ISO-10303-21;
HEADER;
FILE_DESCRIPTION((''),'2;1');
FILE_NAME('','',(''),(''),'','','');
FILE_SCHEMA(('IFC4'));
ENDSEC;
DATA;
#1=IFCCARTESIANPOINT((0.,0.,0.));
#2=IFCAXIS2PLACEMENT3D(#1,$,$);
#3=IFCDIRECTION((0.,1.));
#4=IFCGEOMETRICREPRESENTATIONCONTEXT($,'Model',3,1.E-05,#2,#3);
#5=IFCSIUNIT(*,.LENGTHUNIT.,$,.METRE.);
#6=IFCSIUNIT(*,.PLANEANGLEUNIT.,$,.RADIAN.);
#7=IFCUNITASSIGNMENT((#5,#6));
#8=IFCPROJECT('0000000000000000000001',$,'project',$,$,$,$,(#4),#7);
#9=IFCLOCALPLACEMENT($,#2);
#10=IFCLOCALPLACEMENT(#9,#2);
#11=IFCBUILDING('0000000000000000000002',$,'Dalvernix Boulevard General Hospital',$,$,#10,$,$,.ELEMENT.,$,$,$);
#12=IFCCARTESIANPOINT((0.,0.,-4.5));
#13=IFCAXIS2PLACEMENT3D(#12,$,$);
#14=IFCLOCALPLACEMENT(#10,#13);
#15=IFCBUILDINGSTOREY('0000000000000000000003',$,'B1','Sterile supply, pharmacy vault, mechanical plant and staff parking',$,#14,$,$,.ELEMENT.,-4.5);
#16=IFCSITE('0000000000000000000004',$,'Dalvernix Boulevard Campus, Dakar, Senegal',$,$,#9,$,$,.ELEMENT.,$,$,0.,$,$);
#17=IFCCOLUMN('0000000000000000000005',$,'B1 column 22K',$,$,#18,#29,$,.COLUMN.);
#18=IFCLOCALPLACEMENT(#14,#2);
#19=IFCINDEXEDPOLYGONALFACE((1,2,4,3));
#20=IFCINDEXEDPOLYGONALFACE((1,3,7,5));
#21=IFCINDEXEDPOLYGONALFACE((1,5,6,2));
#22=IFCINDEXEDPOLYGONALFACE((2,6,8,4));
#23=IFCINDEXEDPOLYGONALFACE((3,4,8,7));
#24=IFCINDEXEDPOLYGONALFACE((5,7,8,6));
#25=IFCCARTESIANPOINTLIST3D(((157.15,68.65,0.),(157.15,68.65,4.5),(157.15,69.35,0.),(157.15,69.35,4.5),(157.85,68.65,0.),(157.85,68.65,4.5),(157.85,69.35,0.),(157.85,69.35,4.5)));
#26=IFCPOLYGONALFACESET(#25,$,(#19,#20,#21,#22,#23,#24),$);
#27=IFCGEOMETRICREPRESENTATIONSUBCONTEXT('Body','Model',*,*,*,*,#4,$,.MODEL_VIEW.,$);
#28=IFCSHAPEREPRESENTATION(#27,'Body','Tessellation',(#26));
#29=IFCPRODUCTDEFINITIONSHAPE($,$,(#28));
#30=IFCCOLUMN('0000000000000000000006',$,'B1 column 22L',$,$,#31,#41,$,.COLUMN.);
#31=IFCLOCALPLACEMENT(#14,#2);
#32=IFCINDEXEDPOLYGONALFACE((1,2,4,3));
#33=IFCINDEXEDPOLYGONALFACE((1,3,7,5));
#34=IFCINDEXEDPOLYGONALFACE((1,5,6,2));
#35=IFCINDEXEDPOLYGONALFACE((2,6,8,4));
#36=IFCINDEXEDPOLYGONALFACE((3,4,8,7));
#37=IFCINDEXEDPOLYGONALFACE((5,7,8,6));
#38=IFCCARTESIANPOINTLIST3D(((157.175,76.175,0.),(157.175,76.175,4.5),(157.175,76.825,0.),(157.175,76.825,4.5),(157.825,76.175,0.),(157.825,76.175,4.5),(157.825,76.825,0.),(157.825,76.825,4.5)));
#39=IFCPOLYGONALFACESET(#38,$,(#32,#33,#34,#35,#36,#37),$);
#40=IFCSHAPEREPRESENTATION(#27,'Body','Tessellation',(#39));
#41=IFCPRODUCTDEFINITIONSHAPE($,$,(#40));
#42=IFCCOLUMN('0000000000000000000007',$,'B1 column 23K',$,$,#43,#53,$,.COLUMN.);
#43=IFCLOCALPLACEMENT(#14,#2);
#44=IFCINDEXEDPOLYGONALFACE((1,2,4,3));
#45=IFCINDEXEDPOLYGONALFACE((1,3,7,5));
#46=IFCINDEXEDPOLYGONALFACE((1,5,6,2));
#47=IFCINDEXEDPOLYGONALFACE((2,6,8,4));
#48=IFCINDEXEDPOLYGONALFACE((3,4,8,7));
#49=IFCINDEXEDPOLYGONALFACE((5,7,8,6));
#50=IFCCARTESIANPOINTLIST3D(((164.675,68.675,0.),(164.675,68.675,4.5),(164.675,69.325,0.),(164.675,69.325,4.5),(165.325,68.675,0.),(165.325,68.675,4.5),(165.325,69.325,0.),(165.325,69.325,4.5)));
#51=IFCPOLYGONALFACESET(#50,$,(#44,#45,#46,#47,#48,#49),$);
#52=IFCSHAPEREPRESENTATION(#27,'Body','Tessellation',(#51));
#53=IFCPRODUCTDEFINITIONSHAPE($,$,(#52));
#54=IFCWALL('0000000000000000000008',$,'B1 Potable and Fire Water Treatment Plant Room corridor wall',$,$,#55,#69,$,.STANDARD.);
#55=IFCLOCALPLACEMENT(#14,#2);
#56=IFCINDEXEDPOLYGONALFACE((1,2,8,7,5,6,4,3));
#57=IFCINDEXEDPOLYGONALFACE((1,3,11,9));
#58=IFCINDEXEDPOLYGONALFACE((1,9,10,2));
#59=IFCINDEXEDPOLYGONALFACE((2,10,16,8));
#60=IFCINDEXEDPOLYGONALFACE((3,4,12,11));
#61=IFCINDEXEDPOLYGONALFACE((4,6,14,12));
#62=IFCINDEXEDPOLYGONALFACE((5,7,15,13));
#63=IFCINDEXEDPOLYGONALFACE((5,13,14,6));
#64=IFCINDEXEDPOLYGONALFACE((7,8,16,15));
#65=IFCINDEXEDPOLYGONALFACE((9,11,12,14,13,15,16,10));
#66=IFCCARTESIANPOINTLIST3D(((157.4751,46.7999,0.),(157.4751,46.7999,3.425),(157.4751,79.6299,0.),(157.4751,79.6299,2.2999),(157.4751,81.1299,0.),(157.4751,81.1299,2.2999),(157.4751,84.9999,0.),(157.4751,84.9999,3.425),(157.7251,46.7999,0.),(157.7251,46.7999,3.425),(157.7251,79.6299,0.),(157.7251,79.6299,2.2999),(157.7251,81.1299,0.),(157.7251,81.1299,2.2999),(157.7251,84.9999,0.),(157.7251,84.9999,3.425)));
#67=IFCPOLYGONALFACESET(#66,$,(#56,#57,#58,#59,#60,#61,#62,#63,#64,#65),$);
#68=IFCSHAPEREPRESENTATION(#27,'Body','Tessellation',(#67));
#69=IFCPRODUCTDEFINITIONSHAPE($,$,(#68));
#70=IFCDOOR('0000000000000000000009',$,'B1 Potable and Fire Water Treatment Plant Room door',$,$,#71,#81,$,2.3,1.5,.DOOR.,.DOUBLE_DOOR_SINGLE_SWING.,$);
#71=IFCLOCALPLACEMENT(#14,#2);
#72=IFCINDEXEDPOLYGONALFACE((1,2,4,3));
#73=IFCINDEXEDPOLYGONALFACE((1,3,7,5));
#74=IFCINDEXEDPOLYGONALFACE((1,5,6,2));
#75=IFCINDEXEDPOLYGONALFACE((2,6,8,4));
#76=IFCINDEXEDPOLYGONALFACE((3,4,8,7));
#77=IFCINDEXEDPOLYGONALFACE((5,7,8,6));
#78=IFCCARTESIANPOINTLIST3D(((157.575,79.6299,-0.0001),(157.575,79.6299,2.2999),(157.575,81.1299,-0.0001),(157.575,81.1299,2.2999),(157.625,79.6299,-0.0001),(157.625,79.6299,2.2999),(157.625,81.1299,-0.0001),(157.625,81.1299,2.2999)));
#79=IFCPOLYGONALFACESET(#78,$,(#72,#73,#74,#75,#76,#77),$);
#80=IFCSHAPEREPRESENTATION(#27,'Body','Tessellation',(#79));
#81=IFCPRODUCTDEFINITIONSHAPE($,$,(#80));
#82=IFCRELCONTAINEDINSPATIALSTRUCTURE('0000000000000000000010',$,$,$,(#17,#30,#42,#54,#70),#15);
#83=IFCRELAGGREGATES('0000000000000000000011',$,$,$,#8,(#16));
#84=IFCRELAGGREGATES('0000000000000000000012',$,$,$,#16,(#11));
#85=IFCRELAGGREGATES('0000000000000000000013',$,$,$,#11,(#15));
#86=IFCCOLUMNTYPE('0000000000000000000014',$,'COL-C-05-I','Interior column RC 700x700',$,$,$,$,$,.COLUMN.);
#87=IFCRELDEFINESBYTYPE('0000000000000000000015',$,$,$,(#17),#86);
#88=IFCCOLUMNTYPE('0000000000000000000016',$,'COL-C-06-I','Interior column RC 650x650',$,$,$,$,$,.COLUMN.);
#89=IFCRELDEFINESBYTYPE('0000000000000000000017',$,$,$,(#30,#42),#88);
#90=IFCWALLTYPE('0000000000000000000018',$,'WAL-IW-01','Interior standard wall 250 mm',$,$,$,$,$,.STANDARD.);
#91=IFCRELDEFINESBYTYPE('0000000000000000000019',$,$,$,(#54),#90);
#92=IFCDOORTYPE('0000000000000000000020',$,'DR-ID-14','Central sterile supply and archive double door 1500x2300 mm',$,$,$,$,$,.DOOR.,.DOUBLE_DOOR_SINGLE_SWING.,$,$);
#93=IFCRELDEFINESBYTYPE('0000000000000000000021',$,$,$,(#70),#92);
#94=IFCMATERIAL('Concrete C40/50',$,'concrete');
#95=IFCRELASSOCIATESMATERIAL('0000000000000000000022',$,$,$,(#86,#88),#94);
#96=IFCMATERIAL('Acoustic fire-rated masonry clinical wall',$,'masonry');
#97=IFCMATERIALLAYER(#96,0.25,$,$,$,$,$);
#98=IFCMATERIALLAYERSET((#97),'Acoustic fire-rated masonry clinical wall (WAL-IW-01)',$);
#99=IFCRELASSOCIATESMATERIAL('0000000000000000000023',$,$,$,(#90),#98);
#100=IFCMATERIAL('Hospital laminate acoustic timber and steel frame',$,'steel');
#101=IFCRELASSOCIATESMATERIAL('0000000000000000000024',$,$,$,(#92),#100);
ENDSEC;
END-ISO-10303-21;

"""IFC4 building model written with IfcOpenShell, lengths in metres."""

from ifc_helpers import new_model, si_unit, direction, frame, frame_2d, origin, origin_2d, place, context, subcontext, project, spatial, rectangle, extrude, material, layer, layer_set, material_profile, profile_set, type_object, element, fill, save


model = new_model("IFC4")

# Units and contexts
model_context = context("Model", 3, precision=1e-05, world=origin(), true_north=direction((0.0, 1.0)))
body_context = subcontext(model_context, "Body", "Model", "MODEL_VIEW")
ifc_project = project(units=[si_unit("LENGTHUNIT", "METRE"), si_unit("PLANEANGLEUNIT", "RADIAN")], contexts=[model_context])

# Site, building, storey
site_placement = place(None, origin())
site = spatial("IfcSite", under=ifc_project, at=site_placement, Name="Dalvernix Boulevard Campus, Dakar, Senegal", CompositionType="ELEMENT", RefElevation=0.0)
building_placement = place(site_placement, origin())
building = spatial("IfcBuilding", under=site, at=building_placement, Name="Dalvernix Boulevard General Hospital", CompositionType="ELEMENT")
storey_placement = place(building_placement, frame((0.0, 0.0, -4.5)))
storey = spatial("IfcBuildingStorey", under=building, at=storey_placement, Name="B1", Description="Sterile supply, pharmacy vault, mechanical plant and staff parking", CompositionType="ELEMENT", Elevation=-4.5)

# Shared definitions
ifc_material_1 = material(Name="Concrete C40/50", Category="concrete")

# Columns
ifc_material_profile_1 = material_profile(ifc_material_1, rectangle(XDim=0.7, YDim=0.7, at=origin_2d()), Name="RC 700x700")
ifc_profile_set_1 = profile_set([ifc_material_profile_1], Name="Concrete C40/50")
column_type_1 = type_object("IfcColumnType", Name="COL-C-05-I", Description="Interior column RC 700x700", PredefinedType="COLUMN", material=ifc_profile_set_1)
column_placement = place(storey_placement, frame((157.5, 69.0, 0.0), z_axis=(0.0, 0.0, 1.0), x_axis=(1.0, 0.0, 0.0)))
element("IfcColumn", 1, at=column_placement, inside=storey, type_object=column_type_1, Name="B1 column 22K", PredefinedType="COLUMN", context=body_context, shape_type="SweptSolid", body=[
    extrude(rectangle(XDim=0.7, YDim=0.7, at=origin_2d()), origin(), (0.0, 0.0, 1.0), 4.5),
])
ifc_material_profile_2 = material_profile(ifc_material_1, rectangle(XDim=0.6499, YDim=0.6499, at=origin_2d()), Name="RC 650x650")
ifc_profile_set_2 = profile_set([ifc_material_profile_2], Name="Concrete C40/50")
column_type_2 = type_object("IfcColumnType", Name="COL-C-06-I", Description="Interior column RC 650x650", PredefinedType="COLUMN", material=ifc_profile_set_2)
for number, where, z_axis, x_axis, name in (
    (2, (157.5, 76.5, 0.0), (0.0, 0.0, 1.0), (1.0, 0.0, 0.0), "B1 column 22L"),
    (3, (165.0, 69.0, 0.0), (0.0, 0.0, 1.0), (1.0, 0.0, 0.0), "B1 column 23K"),
):
    element("IfcColumn", number, at=place(storey_placement, frame(where, z_axis=z_axis, x_axis=x_axis)), inside=storey, type_object=column_type_2, Name=name, PredefinedType="COLUMN", context=body_context, shape_type="SweptSolid", body=[
        extrude(rectangle(XDim=0.6499, YDim=0.6499, at=origin_2d()), origin(), (0.0, 0.0, 1.0), 4.5),
    ])

# Wall, opening, door
ifc_material_2 = material(Name="Acoustic fire-rated masonry clinical wall", Category="masonry")
ifc_layer = layer(ifc_material_2, 0.25)
ifc_layer_set = layer_set([ifc_layer], Name="Acoustic fire-rated masonry clinical wall (WAL-IW-01)")
wall_type = type_object("IfcWallType", Name="WAL-IW-01", Description="Interior standard wall 250 mm", PredefinedType="STANDARD", material=ifc_layer_set)
wall_placement = place(storey_placement, frame((157.6001, 85.0, 0.0), z_axis=(0.0, 0.0, 1.0), x_axis=(0.0, -1.0, 0.0)))
wall = element("IfcWall", 4, at=wall_placement, inside=storey, type_object=wall_type, Name="B1 Potable and Fire Water Treatment Plant Room corridor wall", PredefinedType="STANDARD", context=body_context, shape_type="SweptSolid", body=[
    extrude(rectangle(XDim=38.2, YDim=0.25, at=frame_2d((19.1001, 0.0))), origin(), (0.0, 0.0, 1.0), 3.425),
])
opening_placement = place(wall_placement, frame((3.8701, 0.0, 0.0)))
opening = element("IfcOpeningElement", 5, at=opening_placement, cuts=wall, PredefinedType="OPENING", context=body_context, shape_type="SweptSolid", body=[
    extrude(rectangle(XDim=1.5, YDim=2.3, at=frame_2d((0.75, 1.1499))), frame((0.0, 0.135, 0.0), z_axis=(0.0, -1.0, 0.0), x_axis=(1.0, 0.0, 0.0)), (0.0, 0.0, 1.0), 0.27),
])
ifc_material_3 = material(Name="Hospital laminate acoustic timber and steel frame", Category="steel")
door_type = type_object("IfcDoorType", Name="DR-ID-14", Description="Central sterile supply and archive double door 1500x2300 mm", OperationType="DOUBLE_DOOR_SINGLE_SWING", PredefinedType="DOOR", material=ifc_material_3)
door_placement = place(opening_placement, origin())
door = element("IfcDoor", 6, at=door_placement, inside=storey, type_object=door_type, Name="B1 Potable and Fire Water Treatment Plant Room door", OperationType="DOUBLE_DOOR_SINGLE_SWING", OverallHeight=2.3, OverallWidth=1.5, PredefinedType="DOOR", context=body_context, shape_type="SweptSolid", body=[
    extrude(rectangle(XDim=1.5, YDim=2.3, at=frame_2d((0.75, 1.1499))), frame((0.0, 0.0249, 0.0), z_axis=(0.0, -1.0, 0.0), x_axis=(1.0, 0.0, 0.0)), (0.0, 0.0, 1.0), 0.05),
])
fill(opening, door)

save(model, "model.ifc")
